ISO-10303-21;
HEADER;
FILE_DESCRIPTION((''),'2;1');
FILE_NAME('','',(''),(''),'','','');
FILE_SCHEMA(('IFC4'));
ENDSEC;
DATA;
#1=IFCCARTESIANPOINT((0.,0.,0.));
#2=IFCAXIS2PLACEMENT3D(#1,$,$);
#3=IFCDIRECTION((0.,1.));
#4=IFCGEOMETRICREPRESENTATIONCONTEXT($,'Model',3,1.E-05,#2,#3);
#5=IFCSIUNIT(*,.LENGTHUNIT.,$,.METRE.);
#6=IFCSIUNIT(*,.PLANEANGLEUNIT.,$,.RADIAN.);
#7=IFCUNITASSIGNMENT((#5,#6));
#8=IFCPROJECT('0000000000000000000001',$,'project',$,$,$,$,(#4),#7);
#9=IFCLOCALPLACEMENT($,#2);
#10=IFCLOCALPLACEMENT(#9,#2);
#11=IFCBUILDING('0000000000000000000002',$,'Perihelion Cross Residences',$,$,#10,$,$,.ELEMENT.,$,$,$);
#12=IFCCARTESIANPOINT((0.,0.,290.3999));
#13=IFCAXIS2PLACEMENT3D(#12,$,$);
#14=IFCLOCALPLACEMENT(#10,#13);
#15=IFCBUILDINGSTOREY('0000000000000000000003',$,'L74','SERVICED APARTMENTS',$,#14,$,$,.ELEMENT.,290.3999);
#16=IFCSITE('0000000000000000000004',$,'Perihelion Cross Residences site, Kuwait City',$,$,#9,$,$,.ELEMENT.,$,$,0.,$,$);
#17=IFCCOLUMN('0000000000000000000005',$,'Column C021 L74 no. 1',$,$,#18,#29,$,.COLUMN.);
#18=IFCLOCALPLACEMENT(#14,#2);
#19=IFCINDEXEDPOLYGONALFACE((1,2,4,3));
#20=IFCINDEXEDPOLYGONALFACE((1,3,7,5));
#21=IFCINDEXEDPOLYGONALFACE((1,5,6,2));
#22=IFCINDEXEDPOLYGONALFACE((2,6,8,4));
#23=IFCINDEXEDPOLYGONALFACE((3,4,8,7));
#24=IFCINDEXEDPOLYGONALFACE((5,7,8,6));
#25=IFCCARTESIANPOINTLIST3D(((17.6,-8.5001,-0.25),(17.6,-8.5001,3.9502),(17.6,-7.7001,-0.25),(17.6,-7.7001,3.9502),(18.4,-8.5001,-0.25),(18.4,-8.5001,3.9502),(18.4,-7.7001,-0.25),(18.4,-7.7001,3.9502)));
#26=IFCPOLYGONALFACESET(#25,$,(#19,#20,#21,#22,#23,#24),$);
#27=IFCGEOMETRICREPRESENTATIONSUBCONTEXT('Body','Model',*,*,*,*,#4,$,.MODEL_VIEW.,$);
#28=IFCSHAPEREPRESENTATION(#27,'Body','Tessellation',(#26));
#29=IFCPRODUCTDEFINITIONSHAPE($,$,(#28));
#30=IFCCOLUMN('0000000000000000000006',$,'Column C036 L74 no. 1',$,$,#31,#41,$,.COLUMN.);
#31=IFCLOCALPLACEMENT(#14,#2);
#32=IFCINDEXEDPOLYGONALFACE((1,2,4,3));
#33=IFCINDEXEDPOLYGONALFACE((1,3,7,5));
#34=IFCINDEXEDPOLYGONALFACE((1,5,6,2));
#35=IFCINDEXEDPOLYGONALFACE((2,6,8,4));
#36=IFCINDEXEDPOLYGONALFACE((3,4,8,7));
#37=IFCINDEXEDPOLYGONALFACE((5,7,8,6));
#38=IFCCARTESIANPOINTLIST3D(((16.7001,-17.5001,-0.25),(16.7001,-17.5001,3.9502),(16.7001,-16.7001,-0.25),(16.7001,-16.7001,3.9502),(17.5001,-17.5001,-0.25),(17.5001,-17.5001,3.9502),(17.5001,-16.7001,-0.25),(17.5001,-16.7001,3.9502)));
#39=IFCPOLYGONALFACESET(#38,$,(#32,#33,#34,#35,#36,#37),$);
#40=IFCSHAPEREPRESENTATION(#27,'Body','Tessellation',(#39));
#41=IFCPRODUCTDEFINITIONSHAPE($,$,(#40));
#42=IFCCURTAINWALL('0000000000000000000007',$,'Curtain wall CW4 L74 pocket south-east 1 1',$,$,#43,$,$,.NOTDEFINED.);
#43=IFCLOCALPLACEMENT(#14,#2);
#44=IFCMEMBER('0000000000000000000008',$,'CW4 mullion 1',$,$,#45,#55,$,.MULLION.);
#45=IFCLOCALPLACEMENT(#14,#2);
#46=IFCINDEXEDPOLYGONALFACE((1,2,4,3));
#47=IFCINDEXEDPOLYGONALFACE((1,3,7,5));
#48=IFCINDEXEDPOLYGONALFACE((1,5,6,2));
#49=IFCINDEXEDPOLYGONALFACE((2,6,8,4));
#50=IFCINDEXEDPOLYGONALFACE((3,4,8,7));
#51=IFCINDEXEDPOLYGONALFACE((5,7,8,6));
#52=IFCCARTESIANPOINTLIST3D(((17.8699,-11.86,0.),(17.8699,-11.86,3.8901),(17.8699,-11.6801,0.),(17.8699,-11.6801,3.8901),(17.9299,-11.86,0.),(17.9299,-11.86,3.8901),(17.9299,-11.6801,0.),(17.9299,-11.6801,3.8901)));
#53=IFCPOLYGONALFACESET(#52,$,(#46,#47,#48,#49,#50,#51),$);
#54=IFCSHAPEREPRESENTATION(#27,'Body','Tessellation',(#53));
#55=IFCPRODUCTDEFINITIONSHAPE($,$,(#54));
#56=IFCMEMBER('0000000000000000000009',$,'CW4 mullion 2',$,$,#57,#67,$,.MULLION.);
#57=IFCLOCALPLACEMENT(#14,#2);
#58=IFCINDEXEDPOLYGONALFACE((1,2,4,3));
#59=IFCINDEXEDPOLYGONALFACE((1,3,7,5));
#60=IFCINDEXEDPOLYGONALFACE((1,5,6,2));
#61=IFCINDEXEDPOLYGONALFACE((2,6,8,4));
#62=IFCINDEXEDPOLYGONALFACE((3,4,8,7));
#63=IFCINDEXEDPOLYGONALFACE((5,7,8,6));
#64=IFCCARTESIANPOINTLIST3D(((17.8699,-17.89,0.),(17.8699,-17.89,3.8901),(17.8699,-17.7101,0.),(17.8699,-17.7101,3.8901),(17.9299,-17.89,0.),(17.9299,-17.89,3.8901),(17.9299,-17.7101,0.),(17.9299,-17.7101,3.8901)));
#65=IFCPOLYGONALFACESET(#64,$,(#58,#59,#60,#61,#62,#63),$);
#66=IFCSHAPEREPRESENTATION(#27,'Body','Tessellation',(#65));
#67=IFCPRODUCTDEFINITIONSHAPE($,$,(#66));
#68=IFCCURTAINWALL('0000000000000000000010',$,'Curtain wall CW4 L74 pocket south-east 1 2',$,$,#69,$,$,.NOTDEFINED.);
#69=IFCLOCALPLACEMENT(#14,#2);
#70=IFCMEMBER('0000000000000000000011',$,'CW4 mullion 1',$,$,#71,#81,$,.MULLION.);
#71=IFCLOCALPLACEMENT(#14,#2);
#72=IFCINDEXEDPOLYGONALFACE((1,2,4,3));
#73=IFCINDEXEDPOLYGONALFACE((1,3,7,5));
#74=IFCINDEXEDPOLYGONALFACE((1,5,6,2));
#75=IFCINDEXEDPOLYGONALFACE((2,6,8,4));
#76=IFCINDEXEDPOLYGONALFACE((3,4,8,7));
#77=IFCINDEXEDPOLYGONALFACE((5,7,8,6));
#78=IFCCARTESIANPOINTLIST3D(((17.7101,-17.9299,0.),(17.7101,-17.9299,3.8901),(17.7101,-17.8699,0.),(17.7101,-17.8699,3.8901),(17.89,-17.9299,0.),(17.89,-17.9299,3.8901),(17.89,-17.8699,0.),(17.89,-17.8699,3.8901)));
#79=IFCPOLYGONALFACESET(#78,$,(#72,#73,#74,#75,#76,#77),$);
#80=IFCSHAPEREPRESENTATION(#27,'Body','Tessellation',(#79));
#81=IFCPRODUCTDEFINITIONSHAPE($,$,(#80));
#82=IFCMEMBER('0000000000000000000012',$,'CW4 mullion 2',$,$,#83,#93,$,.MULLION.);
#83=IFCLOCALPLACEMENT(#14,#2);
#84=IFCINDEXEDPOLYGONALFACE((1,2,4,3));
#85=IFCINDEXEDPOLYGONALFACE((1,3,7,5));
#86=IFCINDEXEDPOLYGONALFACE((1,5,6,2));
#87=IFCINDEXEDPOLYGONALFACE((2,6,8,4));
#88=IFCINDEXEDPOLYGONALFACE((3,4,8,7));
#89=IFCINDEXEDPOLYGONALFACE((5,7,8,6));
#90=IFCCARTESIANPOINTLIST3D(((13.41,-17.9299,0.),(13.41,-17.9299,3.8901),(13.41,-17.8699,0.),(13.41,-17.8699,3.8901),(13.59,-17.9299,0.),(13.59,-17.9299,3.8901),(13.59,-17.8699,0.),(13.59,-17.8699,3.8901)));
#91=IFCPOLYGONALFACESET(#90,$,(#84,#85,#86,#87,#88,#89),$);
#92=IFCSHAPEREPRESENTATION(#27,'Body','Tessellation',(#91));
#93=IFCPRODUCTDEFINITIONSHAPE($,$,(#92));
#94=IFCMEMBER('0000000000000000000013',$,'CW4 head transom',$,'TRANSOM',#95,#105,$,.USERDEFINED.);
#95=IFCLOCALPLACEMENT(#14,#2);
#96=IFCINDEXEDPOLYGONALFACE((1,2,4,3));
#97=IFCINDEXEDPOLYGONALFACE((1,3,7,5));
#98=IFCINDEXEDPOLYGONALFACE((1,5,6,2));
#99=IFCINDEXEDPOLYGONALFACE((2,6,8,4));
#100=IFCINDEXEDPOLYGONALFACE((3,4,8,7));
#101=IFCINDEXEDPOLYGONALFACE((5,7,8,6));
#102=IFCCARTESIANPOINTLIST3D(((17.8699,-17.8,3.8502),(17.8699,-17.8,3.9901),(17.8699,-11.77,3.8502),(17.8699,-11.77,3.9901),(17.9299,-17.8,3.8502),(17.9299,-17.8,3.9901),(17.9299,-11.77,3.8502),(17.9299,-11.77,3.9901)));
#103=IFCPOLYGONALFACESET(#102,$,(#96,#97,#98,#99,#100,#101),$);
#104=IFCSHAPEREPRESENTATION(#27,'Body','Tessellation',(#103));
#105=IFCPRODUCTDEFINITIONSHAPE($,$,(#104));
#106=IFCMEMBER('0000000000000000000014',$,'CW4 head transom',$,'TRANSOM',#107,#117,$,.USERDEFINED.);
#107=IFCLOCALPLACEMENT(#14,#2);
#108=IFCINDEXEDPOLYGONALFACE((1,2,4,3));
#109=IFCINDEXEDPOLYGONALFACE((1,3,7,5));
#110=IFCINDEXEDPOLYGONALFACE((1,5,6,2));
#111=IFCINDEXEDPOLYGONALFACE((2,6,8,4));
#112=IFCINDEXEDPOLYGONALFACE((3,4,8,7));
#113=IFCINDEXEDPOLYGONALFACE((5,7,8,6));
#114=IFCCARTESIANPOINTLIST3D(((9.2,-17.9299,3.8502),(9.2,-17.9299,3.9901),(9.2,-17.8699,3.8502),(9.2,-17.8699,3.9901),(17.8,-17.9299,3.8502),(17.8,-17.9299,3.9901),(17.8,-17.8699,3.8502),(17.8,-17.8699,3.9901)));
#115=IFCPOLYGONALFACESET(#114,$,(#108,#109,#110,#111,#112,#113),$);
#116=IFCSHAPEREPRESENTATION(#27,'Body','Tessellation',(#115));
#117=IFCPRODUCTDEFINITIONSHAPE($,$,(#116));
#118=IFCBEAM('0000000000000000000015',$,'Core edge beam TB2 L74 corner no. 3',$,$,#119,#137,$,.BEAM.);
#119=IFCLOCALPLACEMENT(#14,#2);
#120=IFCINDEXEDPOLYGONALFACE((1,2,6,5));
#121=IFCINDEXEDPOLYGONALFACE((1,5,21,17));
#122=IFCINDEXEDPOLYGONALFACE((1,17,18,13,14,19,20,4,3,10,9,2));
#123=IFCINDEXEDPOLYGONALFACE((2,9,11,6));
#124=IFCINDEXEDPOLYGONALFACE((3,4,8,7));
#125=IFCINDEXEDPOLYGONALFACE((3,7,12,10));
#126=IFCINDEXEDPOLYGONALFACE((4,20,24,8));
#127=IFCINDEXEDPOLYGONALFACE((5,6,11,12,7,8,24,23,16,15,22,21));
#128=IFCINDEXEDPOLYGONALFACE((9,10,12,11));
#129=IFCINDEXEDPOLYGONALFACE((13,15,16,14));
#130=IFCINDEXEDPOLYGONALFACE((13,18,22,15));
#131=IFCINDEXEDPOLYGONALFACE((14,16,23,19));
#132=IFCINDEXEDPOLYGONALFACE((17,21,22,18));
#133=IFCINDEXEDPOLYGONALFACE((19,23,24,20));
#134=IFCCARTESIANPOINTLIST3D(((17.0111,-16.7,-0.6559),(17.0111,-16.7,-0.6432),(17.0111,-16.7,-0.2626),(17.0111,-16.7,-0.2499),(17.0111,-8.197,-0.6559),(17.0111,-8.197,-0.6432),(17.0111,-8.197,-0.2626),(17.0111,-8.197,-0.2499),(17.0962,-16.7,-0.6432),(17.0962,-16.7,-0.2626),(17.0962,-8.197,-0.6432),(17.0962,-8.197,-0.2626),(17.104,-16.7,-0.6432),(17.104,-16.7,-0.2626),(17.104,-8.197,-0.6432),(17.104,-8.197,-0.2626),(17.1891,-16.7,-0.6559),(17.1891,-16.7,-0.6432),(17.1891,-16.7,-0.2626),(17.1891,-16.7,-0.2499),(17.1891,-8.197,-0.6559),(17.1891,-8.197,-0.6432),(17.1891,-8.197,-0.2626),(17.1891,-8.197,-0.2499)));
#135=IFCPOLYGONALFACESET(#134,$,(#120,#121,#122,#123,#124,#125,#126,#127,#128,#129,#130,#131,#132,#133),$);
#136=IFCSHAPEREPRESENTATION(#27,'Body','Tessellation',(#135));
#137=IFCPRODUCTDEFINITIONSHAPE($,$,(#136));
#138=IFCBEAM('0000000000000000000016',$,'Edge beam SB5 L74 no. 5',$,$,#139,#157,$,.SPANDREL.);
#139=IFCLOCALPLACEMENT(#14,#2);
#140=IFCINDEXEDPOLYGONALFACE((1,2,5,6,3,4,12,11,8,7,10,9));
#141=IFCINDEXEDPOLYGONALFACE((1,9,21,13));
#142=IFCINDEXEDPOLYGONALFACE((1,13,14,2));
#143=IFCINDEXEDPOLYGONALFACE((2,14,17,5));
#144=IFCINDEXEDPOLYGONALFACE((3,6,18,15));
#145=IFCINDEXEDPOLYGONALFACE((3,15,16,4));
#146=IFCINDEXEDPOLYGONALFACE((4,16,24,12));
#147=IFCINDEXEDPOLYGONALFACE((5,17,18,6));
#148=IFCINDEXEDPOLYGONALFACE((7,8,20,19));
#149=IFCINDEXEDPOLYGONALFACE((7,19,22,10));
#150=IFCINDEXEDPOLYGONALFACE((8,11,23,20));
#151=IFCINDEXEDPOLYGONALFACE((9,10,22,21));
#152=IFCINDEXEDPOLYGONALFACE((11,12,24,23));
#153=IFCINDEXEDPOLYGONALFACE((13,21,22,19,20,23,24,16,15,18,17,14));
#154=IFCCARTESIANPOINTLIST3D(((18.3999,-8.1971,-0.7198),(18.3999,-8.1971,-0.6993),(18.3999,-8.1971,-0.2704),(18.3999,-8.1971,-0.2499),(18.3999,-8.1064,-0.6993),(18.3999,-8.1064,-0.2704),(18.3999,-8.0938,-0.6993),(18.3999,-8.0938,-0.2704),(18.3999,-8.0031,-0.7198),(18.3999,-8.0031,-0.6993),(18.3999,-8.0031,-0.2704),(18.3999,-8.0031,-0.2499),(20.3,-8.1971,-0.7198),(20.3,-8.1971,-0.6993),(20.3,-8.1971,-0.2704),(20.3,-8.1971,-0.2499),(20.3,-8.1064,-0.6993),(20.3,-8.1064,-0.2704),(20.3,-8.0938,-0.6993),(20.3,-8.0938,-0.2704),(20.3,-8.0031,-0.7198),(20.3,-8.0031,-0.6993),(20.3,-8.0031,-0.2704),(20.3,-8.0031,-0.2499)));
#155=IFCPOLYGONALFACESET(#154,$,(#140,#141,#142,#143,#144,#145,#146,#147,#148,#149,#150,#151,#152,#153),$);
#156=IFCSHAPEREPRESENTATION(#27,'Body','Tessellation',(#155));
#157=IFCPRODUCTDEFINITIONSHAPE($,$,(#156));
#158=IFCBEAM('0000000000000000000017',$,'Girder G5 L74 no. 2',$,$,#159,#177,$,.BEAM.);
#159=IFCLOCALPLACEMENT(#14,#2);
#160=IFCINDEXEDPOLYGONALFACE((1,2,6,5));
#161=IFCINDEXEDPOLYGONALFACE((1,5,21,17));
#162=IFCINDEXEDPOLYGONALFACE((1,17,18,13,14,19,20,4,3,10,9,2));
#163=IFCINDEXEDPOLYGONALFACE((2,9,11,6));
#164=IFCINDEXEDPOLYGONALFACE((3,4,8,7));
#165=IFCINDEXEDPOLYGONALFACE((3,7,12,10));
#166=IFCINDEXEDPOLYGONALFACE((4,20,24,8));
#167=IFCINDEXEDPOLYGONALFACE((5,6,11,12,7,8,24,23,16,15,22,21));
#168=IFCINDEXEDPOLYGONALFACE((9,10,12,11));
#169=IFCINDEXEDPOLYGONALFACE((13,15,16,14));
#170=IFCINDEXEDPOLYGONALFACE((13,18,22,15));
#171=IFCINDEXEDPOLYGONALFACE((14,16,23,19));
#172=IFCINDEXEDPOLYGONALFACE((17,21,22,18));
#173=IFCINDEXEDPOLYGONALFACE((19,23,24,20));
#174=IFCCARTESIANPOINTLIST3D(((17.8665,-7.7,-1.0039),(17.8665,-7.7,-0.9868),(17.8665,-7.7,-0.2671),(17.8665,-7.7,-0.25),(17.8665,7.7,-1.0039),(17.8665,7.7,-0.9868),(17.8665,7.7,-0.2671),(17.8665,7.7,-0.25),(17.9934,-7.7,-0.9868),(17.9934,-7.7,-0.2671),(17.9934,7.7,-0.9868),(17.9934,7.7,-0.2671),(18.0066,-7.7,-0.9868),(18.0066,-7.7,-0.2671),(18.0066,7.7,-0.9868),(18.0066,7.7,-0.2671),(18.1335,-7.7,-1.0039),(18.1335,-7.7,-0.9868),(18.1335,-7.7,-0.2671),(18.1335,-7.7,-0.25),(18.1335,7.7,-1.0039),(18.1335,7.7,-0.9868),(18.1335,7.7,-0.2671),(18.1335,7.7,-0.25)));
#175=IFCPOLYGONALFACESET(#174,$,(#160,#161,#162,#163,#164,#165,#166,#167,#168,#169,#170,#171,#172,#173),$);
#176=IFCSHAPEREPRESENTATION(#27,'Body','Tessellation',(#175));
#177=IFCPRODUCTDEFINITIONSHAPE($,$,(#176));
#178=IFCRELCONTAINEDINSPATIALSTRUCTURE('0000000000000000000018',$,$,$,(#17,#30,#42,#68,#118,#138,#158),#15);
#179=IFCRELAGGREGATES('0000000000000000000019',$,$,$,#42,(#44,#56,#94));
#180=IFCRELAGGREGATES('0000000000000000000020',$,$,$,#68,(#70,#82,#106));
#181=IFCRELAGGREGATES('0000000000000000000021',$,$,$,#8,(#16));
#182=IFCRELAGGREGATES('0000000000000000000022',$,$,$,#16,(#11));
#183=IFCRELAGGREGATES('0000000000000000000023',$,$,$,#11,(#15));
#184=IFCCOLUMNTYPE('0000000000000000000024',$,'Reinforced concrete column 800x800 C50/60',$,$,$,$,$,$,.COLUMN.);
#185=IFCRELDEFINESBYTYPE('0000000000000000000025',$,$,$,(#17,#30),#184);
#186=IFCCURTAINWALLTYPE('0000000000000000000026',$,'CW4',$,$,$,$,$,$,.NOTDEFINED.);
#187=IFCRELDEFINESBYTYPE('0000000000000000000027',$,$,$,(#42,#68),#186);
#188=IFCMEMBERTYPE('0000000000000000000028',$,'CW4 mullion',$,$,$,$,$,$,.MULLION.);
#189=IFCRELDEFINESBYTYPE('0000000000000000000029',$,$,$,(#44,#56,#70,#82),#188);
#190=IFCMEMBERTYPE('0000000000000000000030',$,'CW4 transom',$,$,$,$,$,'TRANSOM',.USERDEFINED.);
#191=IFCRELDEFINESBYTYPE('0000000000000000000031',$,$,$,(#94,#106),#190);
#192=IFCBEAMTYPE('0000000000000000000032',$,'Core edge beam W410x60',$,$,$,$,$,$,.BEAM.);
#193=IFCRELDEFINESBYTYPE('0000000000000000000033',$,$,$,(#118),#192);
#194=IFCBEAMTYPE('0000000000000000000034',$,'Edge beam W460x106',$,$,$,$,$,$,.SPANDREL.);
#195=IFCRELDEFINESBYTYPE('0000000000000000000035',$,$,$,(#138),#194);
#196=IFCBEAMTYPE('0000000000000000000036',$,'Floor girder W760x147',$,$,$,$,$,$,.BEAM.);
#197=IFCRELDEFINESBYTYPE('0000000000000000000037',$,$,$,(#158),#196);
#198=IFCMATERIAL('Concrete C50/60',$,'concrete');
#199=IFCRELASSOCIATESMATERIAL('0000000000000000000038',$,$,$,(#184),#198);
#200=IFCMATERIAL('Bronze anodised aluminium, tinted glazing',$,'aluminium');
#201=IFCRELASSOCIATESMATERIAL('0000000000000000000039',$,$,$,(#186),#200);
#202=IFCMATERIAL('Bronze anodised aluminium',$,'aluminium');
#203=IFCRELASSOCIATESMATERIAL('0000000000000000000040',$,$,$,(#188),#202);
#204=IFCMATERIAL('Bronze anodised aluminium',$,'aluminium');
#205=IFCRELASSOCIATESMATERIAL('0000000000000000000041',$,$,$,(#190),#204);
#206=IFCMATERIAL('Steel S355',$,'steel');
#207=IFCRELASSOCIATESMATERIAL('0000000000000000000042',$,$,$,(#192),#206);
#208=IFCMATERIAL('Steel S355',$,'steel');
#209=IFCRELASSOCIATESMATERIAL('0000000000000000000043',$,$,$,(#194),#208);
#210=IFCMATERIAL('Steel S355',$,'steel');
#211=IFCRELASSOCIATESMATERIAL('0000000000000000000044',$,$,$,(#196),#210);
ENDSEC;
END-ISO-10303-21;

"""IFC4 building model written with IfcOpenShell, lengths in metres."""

from ifc_helpers import new_model, si_unit, direction, frame, origin, origin_2d, place, context, subcontext, project, spatial, rectangle, i_section, extrude, material, material_profile, profile_set, type_object, element, aggregate, save


model = new_model("IFC4")

# Units and contexts
model_context = context("Model", 3, precision=1e-05, world=origin(), true_north=direction((0.0, 1.0)))
body_context = subcontext(model_context, "Body", "Model", "MODEL_VIEW")
ifc_project = project(units=[si_unit("LENGTHUNIT", "METRE"), si_unit("PLANEANGLEUNIT", "RADIAN")], contexts=[model_context])

# Site, building, storey
site_placement = place(None, origin())
site = spatial("IfcSite", under=ifc_project, at=site_placement, Name="Perihelion Cross Residences site, Kuwait City", CompositionType="ELEMENT", RefElevation=0.0)
building_placement = place(site_placement, origin())
building = spatial("IfcBuilding", under=site, at=building_placement, Name="Perihelion Cross Residences", CompositionType="ELEMENT")
storey_placement = place(building_placement, frame((0.0, 0.0, 290.3999)))
storey = spatial("IfcBuildingStorey", under=building, at=storey_placement, Name="L74", Description="SERVICED APARTMENTS", CompositionType="ELEMENT", Elevation=290.3999)

# Columns
ifc_material_1 = material(Name="Concrete C50/60", Category="concrete")
ifc_material_profile_1 = material_profile(ifc_material_1, rectangle(XDim=0.8, YDim=0.8, at=origin_2d()), Name="RC 800x800")
ifc_profile_set_1 = profile_set([ifc_material_profile_1], Name="Concrete C50/60")
column_type = type_object("IfcColumnType", Name="Reinforced concrete column 800x800 C50/60", PredefinedType="COLUMN", material=ifc_profile_set_1)
for number, where, z_axis, x_axis, name in (
    (1, (18.0, -8.1001, -0.25), (0.0, 0.0, 1.0), (1.0, 0.0, 0.0), "Column C021 L74 no. 1"),
    (2, (17.1001, -17.1001, -0.25), (0.0, 0.0, 1.0), (1.0, 0.0, 0.0), "Column C036 L74 no. 1"),
):
    element("IfcColumn", number, at=place(storey_placement, frame(where, z_axis=z_axis, x_axis=x_axis)), inside=storey, type_object=column_type, Name=name, PredefinedType="COLUMN", context=body_context, shape_type="SweptSolid", body=[
        extrude(rectangle(XDim=0.8, YDim=0.8, at=origin_2d()), origin(), (0.0, 0.0, 1.0), 4.2002),
    ])

# Curtain walls, members
ifc_material_2 = material(Name="Bronze anodised aluminium, tinted glazing", Category="aluminium")
curtain_wall_type_1 = type_object("IfcCurtainWallType", Name="CW4", PredefinedType="NOTDEFINED", material=ifc_material_2)
curtain_wall_1_placement = place(storey_placement, origin())
curtain_wall_1 = element("IfcCurtainWall", 3, at=curtain_wall_1_placement, inside=storey, type_object=curtain_wall_type_1, Name="Curtain wall CW4 L74 pocket south-east 1 1", PredefinedType="NOTDEFINED")
ifc_material_3 = material(Name="Bronze anodised aluminium", Category="aluminium")
ifc_material_profile_2 = material_profile(ifc_material_3, rectangle(XDim=0.0601, YDim=0.1799, at=origin_2d()), Name="CW4 mullion")
ifc_profile_set_2 = profile_set([ifc_material_profile_2], Name="Bronze anodised aluminium")
member_type_1 = type_object("IfcMemberType", Name="CW4 mullion", PredefinedType="MULLION", material=ifc_profile_set_2)
member_1_placement = place(storey_placement, frame((17.8999, -11.77, 0.0), z_axis=(0.0, 0.0, 1.0), x_axis=(1.0, 0.0, 0.0)))
member_1 = element("IfcMember", 4, at=member_1_placement, type_object=member_type_1, Name="CW4 mullion 1", PredefinedType="MULLION", context=body_context, shape_type="SweptSolid", body=[
    extrude(rectangle(XDim=0.0601, YDim=0.1799, at=origin_2d()), origin(), (0.0, 0.0, 1.0), 3.8901),
])
member_2_placement = place(storey_placement, frame((17.8999, -17.8, 0.0), z_axis=(0.0, 0.0, 1.0), x_axis=(1.0, 0.0, 0.0)))
member_2 = element("IfcMember", 5, at=member_2_placement, type_object=member_type_1, Name="CW4 mullion 2", PredefinedType="MULLION", context=body_context, shape_type="SweptSolid", body=[
    extrude(rectangle(XDim=0.0601, YDim=0.1799, at=origin_2d()), origin(), (0.0, 0.0, 1.0), 3.8901),
])
curtain_wall_2_placement = place(storey_placement, origin())
curtain_wall_2 = element("IfcCurtainWall", 6, at=curtain_wall_2_placement, inside=storey, type_object=curtain_wall_type_1, Name="Curtain wall CW4 L74 pocket south-east 1 2", PredefinedType="NOTDEFINED")
member_3_placement = place(storey_placement, frame((17.8, -17.8999, 0.0), z_axis=(0.0, 0.0, 1.0), x_axis=(0.0, -1.0, 0.0)))
member_3 = element("IfcMember", 7, at=member_3_placement, type_object=member_type_1, Name="CW4 mullion 1", PredefinedType="MULLION", context=body_context, shape_type="SweptSolid", body=[
    extrude(rectangle(XDim=0.0601, YDim=0.1799, at=origin_2d()), origin(), (0.0, 0.0, 1.0), 3.8901),
])
member_4_placement = place(storey_placement, frame((13.5, -17.8999, 0.0), z_axis=(0.0, 0.0, 1.0), x_axis=(0.0, -1.0, 0.0)))
member_4 = element("IfcMember", 8, at=member_4_placement, type_object=member_type_1, Name="CW4 mullion 2", PredefinedType="MULLION", context=body_context, shape_type="SweptSolid", body=[
    extrude(rectangle(XDim=0.0601, YDim=0.1799, at=origin_2d()), origin(), (0.0, 0.0, 1.0), 3.8901),
])

# Members
ifc_material_4 = material(Name="Bronze anodised aluminium", Category="aluminium")
ifc_material_profile_3 = material_profile(ifc_material_4, rectangle(XDim=0.0601, YDim=0.1399, at=origin_2d()), Name="CW4 transom")
ifc_profile_set_3 = profile_set([ifc_material_profile_3], Name="Bronze anodised aluminium")
member_type_2 = type_object("IfcMemberType", Name="CW4 transom", ElementType="TRANSOM", PredefinedType="USERDEFINED", material=ifc_profile_set_3)
member_5_placement = place(storey_placement, frame((17.8999, -11.77, 3.9202), z_axis=(0.0, -1.0, 0.0), x_axis=(1.0, 0.0, 0.0)))
member_5 = element("IfcMember", 9, at=member_5_placement, type_object=member_type_2, Name="CW4 head transom", ObjectType="TRANSOM", PredefinedType="USERDEFINED", context=body_context, shape_type="SweptSolid", body=[
    extrude(rectangle(XDim=0.0601, YDim=0.1399, at=origin_2d()), origin(), (0.0, 0.0, 1.0), 6.03),
])
member_6_placement = place(storey_placement, frame((17.8, -17.8999, 3.9202), z_axis=(-1.0, 0.0, 0.0), x_axis=(0.0, -1.0, 0.0)))
member_6 = element("IfcMember", 10, at=member_6_placement, type_object=member_type_2, Name="CW4 head transom", ObjectType="TRANSOM", PredefinedType="USERDEFINED", context=body_context, shape_type="SweptSolid", body=[
    extrude(rectangle(XDim=0.0601, YDim=0.1399, at=origin_2d()), origin(), (0.0, 0.0, 1.0), 8.6001),
])

# Beams
ifc_material_5 = material(Name="Steel S355", Category="steel")
ifc_material_profile_4 = material_profile(ifc_material_5, i_section(OverallWidth=0.178, OverallDepth=0.406, WebThickness=0.0078, FlangeThickness=0.0127, at=origin_2d()), Name="W410x60")
ifc_profile_set_4 = profile_set([ifc_material_profile_4], Name="Steel S355")
beam_type_1 = type_object("IfcBeamType", Name="Core edge beam W410x60", PredefinedType="BEAM", material=ifc_profile_set_4)
beam_1_placement = place(storey_placement, frame((17.1001, -8.197, -0.4529), z_axis=(0.0, -1.0, 0.0), x_axis=(1.0, 0.0, 0.0)))
element("IfcBeam", 11, at=beam_1_placement, inside=storey, type_object=beam_type_1, Name="Core edge beam TB2 L74 corner no. 3", PredefinedType="BEAM", context=body_context, shape_type="SweptSolid", body=[
    extrude(i_section(OverallWidth=0.178, OverallDepth=0.406, WebThickness=0.0078, FlangeThickness=0.0127, at=origin_2d()), origin(), (0.0, 0.0, 1.0), 8.5029),
])
ifc_material_6 = material(Name="Steel S355", Category="steel")
ifc_material_profile_5 = material_profile(ifc_material_6, i_section(OverallWidth=0.1941, OverallDepth=0.47, WebThickness=0.0127, FlangeThickness=0.0205, at=origin_2d()), Name="W460x106")
ifc_profile_set_5 = profile_set([ifc_material_profile_5], Name="Steel S355")
beam_type_2 = type_object("IfcBeamType", Name="Edge beam W460x106", PredefinedType="SPANDREL", material=ifc_profile_set_5)
beam_2_placement = place(storey_placement, frame((18.3999, -8.1001, -0.4849), z_axis=(1.0, 0.0, 0.0), x_axis=(0.0, 1.0, 0.0)))
element("IfcBeam", 12, at=beam_2_placement, inside=storey, type_object=beam_type_2, Name="Edge beam SB5 L74 no. 5", PredefinedType="SPANDREL", context=body_context, shape_type="SweptSolid", body=[
    extrude(i_section(OverallWidth=0.1941, OverallDepth=0.47, WebThickness=0.0127, FlangeThickness=0.0205, at=origin_2d()), origin(), (0.0, 0.0, 1.0), 1.9001),
])
ifc_material_7 = material(Name="Steel S355", Category="steel")
ifc_material_profile_6 = material_profile(ifc_material_7, i_section(OverallWidth=0.2671, OverallDepth=0.7539, WebThickness=0.0132, FlangeThickness=0.0171, at=origin_2d()), Name="W760x147")
ifc_profile_set_6 = profile_set([ifc_material_profile_6], Name="Steel S355")
beam_type_3 = type_object("IfcBeamType", Name="Floor girder W760x147", PredefinedType="BEAM", material=ifc_profile_set_6)
beam_3_placement = place(storey_placement, frame((18.0, -7.7, -0.627), z_axis=(0.0, 1.0, 0.0), x_axis=(-1.0, 0.0, 0.0)))
element("IfcBeam", 13, at=beam_3_placement, inside=storey, type_object=beam_type_3, Name="Girder G5 L74 no. 2", PredefinedType="BEAM", context=body_context, shape_type="SweptSolid", body=[
    extrude(i_section(OverallWidth=0.2671, OverallDepth=0.7539, WebThickness=0.0132, FlangeThickness=0.0171, at=origin_2d()), origin(), (0.0, 0.0, 1.0), 15.3999),
])

aggregate(curtain_wall_1, [member_1, member_2, member_5])
aggregate(curtain_wall_2, [member_3, member_4, member_6])

save(model, "model.ifc")
